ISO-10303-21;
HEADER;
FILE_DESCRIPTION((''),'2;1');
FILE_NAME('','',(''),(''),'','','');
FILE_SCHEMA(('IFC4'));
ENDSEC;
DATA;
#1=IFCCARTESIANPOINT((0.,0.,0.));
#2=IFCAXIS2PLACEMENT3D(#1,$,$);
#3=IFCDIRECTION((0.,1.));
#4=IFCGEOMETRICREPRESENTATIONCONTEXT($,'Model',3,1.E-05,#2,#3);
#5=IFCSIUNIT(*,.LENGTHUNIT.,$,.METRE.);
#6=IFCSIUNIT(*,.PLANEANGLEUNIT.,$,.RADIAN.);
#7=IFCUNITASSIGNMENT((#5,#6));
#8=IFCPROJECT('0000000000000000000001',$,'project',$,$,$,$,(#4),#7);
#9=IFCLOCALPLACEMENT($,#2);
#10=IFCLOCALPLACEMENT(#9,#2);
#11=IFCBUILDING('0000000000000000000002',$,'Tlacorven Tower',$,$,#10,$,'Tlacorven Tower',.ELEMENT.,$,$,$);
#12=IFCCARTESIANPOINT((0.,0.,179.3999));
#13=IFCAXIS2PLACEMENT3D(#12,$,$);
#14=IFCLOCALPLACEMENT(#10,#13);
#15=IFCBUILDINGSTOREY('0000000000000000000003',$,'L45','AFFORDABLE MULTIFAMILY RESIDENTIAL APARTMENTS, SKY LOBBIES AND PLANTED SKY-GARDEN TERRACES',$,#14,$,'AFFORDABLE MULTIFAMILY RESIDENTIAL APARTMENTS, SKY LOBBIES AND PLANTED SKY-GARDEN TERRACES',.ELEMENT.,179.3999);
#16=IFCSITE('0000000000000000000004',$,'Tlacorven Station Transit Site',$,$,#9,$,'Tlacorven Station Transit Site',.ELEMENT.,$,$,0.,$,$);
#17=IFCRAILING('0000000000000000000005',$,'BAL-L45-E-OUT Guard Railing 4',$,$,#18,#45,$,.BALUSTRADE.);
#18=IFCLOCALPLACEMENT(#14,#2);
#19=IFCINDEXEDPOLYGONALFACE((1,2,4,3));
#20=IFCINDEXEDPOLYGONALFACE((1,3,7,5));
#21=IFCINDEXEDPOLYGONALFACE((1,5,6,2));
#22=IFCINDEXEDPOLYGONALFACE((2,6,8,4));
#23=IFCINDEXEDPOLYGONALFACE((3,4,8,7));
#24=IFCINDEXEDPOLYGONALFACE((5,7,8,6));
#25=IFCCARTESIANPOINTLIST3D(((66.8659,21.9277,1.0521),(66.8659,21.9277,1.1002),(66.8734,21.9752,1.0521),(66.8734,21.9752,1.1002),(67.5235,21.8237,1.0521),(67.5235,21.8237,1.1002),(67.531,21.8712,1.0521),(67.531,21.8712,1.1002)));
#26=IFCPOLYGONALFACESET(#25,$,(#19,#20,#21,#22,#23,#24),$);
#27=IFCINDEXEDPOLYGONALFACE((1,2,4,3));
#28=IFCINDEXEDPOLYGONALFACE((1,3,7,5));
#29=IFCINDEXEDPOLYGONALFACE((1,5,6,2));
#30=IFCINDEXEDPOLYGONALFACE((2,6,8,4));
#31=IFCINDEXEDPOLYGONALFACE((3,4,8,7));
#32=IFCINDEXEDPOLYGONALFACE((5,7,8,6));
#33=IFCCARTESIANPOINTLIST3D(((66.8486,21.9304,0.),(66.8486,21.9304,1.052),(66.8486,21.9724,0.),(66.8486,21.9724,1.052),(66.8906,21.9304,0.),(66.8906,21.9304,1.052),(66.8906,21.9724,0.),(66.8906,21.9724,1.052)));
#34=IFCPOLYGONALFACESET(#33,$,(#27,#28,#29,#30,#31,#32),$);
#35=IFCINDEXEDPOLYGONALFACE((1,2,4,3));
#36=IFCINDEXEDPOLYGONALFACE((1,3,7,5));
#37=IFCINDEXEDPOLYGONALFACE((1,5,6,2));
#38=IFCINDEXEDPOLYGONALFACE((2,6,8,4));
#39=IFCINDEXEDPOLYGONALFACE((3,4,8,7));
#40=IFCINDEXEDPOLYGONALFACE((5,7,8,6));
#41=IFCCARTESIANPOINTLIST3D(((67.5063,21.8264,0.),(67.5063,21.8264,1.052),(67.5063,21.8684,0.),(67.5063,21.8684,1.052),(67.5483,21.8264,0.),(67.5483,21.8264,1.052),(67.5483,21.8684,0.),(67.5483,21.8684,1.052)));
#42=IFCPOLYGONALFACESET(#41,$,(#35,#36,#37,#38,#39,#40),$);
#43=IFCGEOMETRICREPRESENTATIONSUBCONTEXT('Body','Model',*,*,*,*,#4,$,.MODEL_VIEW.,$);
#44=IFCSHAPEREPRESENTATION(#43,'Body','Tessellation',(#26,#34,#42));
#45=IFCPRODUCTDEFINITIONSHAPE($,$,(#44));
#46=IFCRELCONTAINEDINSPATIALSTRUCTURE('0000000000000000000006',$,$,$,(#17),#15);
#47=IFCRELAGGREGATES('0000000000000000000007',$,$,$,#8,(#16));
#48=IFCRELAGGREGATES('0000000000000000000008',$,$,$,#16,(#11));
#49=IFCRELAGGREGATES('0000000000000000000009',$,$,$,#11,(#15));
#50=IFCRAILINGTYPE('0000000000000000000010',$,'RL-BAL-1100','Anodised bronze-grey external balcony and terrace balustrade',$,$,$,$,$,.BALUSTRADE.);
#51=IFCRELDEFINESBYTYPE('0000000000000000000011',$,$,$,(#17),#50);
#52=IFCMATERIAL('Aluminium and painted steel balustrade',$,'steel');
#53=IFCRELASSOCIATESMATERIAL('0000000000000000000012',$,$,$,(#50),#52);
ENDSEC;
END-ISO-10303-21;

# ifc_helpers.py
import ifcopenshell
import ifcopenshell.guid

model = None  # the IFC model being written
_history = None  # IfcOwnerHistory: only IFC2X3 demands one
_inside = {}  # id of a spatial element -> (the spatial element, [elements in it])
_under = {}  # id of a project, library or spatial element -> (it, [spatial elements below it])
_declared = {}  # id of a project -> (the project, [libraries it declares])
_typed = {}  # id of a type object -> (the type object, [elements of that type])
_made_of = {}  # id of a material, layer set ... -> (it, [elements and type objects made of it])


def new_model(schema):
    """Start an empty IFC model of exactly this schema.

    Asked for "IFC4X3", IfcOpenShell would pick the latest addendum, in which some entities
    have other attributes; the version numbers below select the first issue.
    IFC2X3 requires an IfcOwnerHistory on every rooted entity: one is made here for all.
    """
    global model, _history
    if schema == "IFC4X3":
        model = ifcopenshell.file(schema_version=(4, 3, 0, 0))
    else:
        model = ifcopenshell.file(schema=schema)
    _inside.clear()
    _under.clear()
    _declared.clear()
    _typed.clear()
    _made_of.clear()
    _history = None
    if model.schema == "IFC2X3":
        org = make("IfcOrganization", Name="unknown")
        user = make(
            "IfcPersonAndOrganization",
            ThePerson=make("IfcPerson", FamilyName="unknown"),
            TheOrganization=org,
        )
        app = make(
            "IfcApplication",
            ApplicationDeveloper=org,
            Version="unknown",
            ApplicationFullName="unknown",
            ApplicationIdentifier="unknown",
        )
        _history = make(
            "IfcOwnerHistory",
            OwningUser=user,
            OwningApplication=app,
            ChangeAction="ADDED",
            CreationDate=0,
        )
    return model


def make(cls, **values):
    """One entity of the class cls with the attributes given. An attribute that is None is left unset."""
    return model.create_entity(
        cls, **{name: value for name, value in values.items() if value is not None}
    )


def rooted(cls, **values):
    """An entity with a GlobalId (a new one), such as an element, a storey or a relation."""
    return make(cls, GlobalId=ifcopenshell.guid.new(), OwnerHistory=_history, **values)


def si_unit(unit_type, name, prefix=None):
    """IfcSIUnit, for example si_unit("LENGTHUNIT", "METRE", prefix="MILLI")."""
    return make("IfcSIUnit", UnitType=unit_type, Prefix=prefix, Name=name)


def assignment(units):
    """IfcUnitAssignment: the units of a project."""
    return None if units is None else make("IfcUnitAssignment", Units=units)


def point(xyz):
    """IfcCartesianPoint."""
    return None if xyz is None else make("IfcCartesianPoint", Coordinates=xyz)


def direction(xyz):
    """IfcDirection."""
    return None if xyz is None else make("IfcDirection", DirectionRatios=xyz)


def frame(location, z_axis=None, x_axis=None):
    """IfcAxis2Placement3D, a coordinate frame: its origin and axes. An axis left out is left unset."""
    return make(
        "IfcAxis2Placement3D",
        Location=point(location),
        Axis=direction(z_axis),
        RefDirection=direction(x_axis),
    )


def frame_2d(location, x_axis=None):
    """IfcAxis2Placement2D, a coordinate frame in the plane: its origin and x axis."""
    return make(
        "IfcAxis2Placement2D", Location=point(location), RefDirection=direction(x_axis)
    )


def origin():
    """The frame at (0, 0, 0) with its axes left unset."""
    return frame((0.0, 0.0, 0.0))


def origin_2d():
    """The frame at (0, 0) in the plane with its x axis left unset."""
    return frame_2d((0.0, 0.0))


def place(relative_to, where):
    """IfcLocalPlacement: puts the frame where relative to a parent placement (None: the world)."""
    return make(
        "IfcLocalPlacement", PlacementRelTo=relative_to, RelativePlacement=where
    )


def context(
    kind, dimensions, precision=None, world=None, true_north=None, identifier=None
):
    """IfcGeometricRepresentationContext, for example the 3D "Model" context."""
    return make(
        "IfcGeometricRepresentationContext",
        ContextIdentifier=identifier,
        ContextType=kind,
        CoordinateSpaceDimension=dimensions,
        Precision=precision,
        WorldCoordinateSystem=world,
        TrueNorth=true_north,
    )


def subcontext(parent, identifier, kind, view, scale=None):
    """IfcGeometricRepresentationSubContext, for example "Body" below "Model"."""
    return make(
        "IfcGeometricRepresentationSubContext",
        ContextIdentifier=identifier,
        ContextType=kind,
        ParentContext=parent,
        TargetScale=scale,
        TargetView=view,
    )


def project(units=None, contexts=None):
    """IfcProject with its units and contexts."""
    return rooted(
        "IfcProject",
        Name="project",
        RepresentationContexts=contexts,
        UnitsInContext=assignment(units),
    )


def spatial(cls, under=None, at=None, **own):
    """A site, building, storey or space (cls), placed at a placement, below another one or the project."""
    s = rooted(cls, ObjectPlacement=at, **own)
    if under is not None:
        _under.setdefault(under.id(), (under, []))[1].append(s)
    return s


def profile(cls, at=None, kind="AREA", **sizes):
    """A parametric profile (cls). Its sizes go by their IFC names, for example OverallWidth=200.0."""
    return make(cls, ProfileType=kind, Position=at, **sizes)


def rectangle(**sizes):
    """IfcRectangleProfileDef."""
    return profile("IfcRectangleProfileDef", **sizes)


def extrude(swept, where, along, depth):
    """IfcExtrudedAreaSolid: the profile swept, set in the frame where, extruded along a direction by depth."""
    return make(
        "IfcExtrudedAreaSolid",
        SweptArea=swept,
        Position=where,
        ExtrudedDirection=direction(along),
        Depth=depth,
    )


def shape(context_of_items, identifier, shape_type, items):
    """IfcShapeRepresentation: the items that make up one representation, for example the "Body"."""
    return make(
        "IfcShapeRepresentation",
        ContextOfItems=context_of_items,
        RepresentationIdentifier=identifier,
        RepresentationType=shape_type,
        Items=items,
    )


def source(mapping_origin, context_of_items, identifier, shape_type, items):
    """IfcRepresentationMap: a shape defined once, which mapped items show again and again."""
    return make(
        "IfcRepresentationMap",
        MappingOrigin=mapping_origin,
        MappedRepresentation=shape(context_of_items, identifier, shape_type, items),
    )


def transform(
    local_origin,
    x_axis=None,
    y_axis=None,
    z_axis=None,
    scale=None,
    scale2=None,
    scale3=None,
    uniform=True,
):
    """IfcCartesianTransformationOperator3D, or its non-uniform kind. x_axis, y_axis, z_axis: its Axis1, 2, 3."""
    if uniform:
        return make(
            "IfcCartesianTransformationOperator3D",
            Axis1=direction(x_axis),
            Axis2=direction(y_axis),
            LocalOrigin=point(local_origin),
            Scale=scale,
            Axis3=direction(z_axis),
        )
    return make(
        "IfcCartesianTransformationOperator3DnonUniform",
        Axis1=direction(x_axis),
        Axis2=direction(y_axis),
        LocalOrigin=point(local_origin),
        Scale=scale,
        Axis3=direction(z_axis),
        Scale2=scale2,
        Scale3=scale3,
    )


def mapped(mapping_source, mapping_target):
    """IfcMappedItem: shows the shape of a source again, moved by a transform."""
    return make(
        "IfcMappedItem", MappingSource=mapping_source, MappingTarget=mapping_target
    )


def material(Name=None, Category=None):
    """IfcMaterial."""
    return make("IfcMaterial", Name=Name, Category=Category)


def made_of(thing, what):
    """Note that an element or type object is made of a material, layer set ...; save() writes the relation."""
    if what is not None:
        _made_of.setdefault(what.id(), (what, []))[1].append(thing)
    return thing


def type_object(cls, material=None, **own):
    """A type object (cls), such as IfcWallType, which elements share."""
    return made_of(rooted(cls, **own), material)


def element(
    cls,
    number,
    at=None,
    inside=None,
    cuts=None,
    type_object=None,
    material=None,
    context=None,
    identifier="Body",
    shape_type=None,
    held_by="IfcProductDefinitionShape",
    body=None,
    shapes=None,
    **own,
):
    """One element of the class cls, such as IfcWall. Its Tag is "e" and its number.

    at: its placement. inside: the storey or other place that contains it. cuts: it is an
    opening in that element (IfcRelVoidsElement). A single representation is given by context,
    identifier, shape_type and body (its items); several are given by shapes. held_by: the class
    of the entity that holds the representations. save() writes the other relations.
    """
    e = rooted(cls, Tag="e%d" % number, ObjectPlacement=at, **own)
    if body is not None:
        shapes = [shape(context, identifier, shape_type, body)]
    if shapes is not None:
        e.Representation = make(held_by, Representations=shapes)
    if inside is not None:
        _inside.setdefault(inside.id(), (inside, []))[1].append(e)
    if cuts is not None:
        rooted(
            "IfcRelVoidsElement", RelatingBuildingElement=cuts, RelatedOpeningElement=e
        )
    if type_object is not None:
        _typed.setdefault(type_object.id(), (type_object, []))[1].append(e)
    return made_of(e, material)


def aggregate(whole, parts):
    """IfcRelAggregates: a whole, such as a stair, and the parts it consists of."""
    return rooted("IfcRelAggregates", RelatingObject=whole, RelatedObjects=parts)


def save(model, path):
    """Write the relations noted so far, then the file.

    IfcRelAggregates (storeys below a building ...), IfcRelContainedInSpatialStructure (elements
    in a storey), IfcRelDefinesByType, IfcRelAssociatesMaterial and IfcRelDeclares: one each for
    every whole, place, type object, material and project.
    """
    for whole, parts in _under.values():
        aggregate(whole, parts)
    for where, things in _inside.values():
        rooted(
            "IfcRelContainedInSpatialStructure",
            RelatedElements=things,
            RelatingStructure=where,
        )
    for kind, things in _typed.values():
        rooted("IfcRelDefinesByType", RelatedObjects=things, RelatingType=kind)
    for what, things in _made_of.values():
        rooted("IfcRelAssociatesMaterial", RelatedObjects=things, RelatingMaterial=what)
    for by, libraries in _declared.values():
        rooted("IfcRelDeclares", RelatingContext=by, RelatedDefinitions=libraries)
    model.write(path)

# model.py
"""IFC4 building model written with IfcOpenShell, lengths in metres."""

from ifc_helpers import new_model, si_unit, direction, frame, origin, origin_2d, place, context, subcontext, project, spatial, rectangle, extrude, source, transform, mapped, material, type_object, element, save


model = new_model("IFC4")

# Units and contexts
model_context = context("Model", 3, precision=1e-05, world=origin(), true_north=direction((0.0, 1.0)))
body_context = subcontext(model_context, "Body", "Model", "MODEL_VIEW")
ifc_project = project(units=[si_unit("LENGTHUNIT", "METRE"), si_unit("PLANEANGLEUNIT", "RADIAN")], contexts=[model_context])

# Site, building, storey
site_placement = place(None, origin())
site = spatial("IfcSite", under=ifc_project, at=site_placement, Name="Tlacorven Station Transit Site", LongName="Tlacorven Station Transit Site", CompositionType="ELEMENT", RefElevation=0.0)
building_placement = place(site_placement, origin())
building = spatial("IfcBuilding", under=site, at=building_placement, Name="Tlacorven Tower", LongName="Tlacorven Tower", CompositionType="ELEMENT")
storey_placement = place(building_placement, frame((0.0, 0.0, 179.3999)))
storey = spatial("IfcBuildingStorey", under=building, at=storey_placement, Name="L45", Description="AFFORDABLE MULTIFAMILY RESIDENTIAL APARTMENTS, SKY LOBBIES AND PLANTED SKY-GARDEN TERRACES", LongName="AFFORDABLE MULTIFAMILY RESIDENTIAL APARTMENTS, SKY LOBBIES AND PLANTED SKY-GARDEN TERRACES", CompositionType="ELEMENT", Elevation=179.3999)

# Railing
ifc_material_1 = material(Name="Aluminium and painted steel balustrade", Category="steel")
railing_type = type_object("IfcRailingType", Name="RL-BAL-1100", Description="Anodised bronze-grey external balcony and terrace balustrade", PredefinedType="BALUSTRADE", material=ifc_material_1)
shared_shape_1 = source(origin(), body_context, "Body", "SweptSolid", [
    extrude(rectangle(XDim=0.0481, YDim=0.0481, at=origin_2d()), frame((0.0, 0.0, 1.0762), z_axis=(0.987727, -0.156188, 0.0), x_axis=(0.156188, 0.987727, 0.0)), (0.0, 0.0, 1.0), 0.6658),
    extrude(rectangle(XDim=0.042, YDim=0.042, at=origin_2d()), origin(), (0.0, 0.0, 1.0), 1.052),
    extrude(rectangle(XDim=0.042, YDim=0.042, at=origin_2d()), frame((0.6577, -0.104, 0.0)), (0.0, 0.0, 1.0), 1.052),
])
railing_1_placement = place(storey_placement, frame((66.8696, 21.9514, 0.0)))
element("IfcRailing", 1, at=railing_1_placement, inside=storey, type_object=railing_type, Name="BAL-L45-E-OUT Guard Railing 4", PredefinedType="BALUSTRADE", context=body_context, shape_type="MappedRepresentation", body=[
    mapped(shared_shape_1, transform((0.0, 0.0, 0.0), scale=1.0)),
])

save(model, "model.ifc")
